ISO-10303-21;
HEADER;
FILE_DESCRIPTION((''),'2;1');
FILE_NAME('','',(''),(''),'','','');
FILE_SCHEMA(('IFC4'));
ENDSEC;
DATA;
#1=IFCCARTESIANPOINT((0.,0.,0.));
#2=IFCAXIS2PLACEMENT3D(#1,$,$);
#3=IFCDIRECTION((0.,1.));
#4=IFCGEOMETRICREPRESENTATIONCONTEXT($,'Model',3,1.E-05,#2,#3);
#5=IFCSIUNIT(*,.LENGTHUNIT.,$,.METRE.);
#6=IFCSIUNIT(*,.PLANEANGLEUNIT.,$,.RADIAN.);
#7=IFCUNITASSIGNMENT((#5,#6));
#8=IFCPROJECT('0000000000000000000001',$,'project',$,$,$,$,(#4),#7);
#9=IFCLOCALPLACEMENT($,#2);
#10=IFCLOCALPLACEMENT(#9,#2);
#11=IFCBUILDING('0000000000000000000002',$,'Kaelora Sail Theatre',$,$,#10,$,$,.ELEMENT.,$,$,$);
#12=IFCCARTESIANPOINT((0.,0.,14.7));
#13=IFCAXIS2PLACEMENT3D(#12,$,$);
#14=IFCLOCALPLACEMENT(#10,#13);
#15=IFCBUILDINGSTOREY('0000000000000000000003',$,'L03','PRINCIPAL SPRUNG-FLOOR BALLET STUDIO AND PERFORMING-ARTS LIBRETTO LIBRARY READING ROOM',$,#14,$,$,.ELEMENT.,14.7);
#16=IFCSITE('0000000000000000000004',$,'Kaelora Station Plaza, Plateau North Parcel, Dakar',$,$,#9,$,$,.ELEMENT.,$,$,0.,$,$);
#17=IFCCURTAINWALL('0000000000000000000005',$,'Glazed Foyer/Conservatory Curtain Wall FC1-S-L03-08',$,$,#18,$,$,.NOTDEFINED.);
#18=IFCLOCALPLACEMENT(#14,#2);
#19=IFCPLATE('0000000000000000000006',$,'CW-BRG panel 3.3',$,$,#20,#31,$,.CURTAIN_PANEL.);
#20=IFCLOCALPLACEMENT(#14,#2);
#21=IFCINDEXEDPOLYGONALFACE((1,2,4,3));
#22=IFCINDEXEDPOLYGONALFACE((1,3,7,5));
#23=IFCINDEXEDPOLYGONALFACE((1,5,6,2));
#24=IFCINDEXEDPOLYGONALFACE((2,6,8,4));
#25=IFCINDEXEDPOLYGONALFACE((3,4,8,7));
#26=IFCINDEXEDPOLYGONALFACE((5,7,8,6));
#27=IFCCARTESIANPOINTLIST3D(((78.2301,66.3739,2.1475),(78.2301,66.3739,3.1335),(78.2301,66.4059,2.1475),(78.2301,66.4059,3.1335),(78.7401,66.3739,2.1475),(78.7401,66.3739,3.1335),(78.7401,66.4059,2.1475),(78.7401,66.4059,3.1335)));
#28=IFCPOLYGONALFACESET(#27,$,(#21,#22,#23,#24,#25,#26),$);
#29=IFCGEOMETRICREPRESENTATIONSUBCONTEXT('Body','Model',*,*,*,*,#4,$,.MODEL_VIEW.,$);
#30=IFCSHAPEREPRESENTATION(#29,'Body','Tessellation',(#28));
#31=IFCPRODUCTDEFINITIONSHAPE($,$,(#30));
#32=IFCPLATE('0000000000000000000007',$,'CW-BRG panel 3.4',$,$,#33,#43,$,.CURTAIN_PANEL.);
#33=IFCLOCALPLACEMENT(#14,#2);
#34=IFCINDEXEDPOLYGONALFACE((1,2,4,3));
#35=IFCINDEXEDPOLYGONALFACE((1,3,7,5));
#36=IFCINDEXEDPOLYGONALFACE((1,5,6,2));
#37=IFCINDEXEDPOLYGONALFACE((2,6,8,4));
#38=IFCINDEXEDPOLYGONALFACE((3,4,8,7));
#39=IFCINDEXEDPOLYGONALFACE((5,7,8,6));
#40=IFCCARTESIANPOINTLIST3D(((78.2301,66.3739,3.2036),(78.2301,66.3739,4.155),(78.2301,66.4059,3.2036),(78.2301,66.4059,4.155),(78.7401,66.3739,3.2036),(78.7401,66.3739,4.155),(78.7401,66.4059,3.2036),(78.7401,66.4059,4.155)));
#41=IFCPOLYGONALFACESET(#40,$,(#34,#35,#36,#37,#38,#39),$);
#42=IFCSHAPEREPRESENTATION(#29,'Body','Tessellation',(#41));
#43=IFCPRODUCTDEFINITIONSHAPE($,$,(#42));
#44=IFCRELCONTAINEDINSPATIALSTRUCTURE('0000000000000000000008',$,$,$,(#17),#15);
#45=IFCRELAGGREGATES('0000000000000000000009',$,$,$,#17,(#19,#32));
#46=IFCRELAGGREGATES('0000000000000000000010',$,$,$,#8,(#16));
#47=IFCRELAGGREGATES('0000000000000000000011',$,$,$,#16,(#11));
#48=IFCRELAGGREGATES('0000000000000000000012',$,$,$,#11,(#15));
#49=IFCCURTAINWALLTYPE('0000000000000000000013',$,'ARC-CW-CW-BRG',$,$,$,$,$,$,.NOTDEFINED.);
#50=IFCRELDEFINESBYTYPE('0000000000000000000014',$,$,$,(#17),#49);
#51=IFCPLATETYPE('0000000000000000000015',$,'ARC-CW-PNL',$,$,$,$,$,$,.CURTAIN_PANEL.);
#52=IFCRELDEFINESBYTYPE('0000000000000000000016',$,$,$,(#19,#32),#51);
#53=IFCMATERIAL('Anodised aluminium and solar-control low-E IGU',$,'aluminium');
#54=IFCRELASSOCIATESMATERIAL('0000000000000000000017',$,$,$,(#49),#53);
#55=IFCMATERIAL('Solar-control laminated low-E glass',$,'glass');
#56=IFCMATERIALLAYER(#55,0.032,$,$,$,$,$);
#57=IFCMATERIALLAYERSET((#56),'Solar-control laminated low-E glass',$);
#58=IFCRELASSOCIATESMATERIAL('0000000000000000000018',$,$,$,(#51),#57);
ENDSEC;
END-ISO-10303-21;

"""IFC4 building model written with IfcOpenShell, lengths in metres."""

from ifc_helpers import new_model, si_unit, direction, frame, origin, origin_2d, place, context, subcontext, project, spatial, rectangle, extrude, material, layer, layer_set, type_object, element, aggregate, save


model = new_model("IFC4")

# Units and contexts
model_context = context("Model", 3, precision=1e-05, world=origin(), true_north=direction((0.0, 1.0)))
body_context = subcontext(model_context, "Body", "Model", "MODEL_VIEW")
ifc_project = project(units=[si_unit("LENGTHUNIT", "METRE"), si_unit("PLANEANGLEUNIT", "RADIAN")], contexts=[model_context])

# Site, building, storey
site_placement = place(None, origin())
site = spatial("IfcSite", under=ifc_project, at=site_placement, Name="Kaelora Station Plaza, Plateau North Parcel, Dakar", CompositionType="ELEMENT", RefElevation=0.0)
building_placement = place(site_placement, origin())
building = spatial("IfcBuilding", under=site, at=building_placement, Name="Kaelora Sail Theatre", CompositionType="ELEMENT")
storey_placement = place(building_placement, frame((0.0, 0.0, 14.7)))
storey = spatial("IfcBuildingStorey", under=building, at=storey_placement, Name="L03", Description="PRINCIPAL SPRUNG-FLOOR BALLET STUDIO AND PERFORMING-ARTS LIBRETTO LIBRARY READING ROOM", CompositionType="ELEMENT", Elevation=14.7)

# Curtain wall
ifc_material_1 = material(Name="Anodised aluminium and solar-control low-E IGU", Category="aluminium")
curtain_wall_type = type_object("IfcCurtainWallType", Name="ARC-CW-CW-BRG", PredefinedType="NOTDEFINED", material=ifc_material_1)
curtain_wall_1_placement = place(storey_placement, origin())
curtain_wall_1 = element("IfcCurtainWall", 1, at=curtain_wall_1_placement, inside=storey, type_object=curtain_wall_type, Name="Glazed Foyer/Conservatory Curtain Wall FC1-S-L03-08", PredefinedType="NOTDEFINED")

# Plates
ifc_material_2 = material(Name="Solar-control laminated low-E glass", Category="glass")
ifc_layer = layer(ifc_material_2, 0.032)
ifc_layer_set = layer_set([ifc_layer], Name="Solar-control laminated low-E glass")
plate_type = type_object("IfcPlateType", Name="ARC-CW-PNL", PredefinedType="CURTAIN_PANEL", material=ifc_layer_set)
plate_1_placement = place(storey_placement, frame((78.4851, 66.3899, 2.1475), z_axis=(0.0, 0.0, 1.0), x_axis=(1.0, 0.0, 0.0)))
plate_1 = element("IfcPlate", 2, at=plate_1_placement, type_object=plate_type, Name="CW-BRG panel 3.3", PredefinedType="CURTAIN_PANEL", context=body_context, shape_type="SweptSolid", body=[
    extrude(rectangle(XDim=0.51, YDim=0.032, at=origin_2d()), origin(), (0.0, 0.0, 1.0), 0.9861),
])
plate_2_placement = place(storey_placement, frame((78.4851, 66.3899, 3.2036), z_axis=(0.0, 0.0, 1.0), x_axis=(1.0, 0.0, 0.0)))
plate_2 = element("IfcPlate", 3, at=plate_2_placement, type_object=plate_type, Name="CW-BRG panel 3.4", PredefinedType="CURTAIN_PANEL", context=body_context, shape_type="SweptSolid", body=[
    extrude(rectangle(XDim=0.51, YDim=0.032, at=origin_2d()), origin(), (0.0, 0.0, 1.0), 0.9514),
])
aggregate(curtain_wall_1, [plate_1, plate_2])

save(model, "model.ifc")
